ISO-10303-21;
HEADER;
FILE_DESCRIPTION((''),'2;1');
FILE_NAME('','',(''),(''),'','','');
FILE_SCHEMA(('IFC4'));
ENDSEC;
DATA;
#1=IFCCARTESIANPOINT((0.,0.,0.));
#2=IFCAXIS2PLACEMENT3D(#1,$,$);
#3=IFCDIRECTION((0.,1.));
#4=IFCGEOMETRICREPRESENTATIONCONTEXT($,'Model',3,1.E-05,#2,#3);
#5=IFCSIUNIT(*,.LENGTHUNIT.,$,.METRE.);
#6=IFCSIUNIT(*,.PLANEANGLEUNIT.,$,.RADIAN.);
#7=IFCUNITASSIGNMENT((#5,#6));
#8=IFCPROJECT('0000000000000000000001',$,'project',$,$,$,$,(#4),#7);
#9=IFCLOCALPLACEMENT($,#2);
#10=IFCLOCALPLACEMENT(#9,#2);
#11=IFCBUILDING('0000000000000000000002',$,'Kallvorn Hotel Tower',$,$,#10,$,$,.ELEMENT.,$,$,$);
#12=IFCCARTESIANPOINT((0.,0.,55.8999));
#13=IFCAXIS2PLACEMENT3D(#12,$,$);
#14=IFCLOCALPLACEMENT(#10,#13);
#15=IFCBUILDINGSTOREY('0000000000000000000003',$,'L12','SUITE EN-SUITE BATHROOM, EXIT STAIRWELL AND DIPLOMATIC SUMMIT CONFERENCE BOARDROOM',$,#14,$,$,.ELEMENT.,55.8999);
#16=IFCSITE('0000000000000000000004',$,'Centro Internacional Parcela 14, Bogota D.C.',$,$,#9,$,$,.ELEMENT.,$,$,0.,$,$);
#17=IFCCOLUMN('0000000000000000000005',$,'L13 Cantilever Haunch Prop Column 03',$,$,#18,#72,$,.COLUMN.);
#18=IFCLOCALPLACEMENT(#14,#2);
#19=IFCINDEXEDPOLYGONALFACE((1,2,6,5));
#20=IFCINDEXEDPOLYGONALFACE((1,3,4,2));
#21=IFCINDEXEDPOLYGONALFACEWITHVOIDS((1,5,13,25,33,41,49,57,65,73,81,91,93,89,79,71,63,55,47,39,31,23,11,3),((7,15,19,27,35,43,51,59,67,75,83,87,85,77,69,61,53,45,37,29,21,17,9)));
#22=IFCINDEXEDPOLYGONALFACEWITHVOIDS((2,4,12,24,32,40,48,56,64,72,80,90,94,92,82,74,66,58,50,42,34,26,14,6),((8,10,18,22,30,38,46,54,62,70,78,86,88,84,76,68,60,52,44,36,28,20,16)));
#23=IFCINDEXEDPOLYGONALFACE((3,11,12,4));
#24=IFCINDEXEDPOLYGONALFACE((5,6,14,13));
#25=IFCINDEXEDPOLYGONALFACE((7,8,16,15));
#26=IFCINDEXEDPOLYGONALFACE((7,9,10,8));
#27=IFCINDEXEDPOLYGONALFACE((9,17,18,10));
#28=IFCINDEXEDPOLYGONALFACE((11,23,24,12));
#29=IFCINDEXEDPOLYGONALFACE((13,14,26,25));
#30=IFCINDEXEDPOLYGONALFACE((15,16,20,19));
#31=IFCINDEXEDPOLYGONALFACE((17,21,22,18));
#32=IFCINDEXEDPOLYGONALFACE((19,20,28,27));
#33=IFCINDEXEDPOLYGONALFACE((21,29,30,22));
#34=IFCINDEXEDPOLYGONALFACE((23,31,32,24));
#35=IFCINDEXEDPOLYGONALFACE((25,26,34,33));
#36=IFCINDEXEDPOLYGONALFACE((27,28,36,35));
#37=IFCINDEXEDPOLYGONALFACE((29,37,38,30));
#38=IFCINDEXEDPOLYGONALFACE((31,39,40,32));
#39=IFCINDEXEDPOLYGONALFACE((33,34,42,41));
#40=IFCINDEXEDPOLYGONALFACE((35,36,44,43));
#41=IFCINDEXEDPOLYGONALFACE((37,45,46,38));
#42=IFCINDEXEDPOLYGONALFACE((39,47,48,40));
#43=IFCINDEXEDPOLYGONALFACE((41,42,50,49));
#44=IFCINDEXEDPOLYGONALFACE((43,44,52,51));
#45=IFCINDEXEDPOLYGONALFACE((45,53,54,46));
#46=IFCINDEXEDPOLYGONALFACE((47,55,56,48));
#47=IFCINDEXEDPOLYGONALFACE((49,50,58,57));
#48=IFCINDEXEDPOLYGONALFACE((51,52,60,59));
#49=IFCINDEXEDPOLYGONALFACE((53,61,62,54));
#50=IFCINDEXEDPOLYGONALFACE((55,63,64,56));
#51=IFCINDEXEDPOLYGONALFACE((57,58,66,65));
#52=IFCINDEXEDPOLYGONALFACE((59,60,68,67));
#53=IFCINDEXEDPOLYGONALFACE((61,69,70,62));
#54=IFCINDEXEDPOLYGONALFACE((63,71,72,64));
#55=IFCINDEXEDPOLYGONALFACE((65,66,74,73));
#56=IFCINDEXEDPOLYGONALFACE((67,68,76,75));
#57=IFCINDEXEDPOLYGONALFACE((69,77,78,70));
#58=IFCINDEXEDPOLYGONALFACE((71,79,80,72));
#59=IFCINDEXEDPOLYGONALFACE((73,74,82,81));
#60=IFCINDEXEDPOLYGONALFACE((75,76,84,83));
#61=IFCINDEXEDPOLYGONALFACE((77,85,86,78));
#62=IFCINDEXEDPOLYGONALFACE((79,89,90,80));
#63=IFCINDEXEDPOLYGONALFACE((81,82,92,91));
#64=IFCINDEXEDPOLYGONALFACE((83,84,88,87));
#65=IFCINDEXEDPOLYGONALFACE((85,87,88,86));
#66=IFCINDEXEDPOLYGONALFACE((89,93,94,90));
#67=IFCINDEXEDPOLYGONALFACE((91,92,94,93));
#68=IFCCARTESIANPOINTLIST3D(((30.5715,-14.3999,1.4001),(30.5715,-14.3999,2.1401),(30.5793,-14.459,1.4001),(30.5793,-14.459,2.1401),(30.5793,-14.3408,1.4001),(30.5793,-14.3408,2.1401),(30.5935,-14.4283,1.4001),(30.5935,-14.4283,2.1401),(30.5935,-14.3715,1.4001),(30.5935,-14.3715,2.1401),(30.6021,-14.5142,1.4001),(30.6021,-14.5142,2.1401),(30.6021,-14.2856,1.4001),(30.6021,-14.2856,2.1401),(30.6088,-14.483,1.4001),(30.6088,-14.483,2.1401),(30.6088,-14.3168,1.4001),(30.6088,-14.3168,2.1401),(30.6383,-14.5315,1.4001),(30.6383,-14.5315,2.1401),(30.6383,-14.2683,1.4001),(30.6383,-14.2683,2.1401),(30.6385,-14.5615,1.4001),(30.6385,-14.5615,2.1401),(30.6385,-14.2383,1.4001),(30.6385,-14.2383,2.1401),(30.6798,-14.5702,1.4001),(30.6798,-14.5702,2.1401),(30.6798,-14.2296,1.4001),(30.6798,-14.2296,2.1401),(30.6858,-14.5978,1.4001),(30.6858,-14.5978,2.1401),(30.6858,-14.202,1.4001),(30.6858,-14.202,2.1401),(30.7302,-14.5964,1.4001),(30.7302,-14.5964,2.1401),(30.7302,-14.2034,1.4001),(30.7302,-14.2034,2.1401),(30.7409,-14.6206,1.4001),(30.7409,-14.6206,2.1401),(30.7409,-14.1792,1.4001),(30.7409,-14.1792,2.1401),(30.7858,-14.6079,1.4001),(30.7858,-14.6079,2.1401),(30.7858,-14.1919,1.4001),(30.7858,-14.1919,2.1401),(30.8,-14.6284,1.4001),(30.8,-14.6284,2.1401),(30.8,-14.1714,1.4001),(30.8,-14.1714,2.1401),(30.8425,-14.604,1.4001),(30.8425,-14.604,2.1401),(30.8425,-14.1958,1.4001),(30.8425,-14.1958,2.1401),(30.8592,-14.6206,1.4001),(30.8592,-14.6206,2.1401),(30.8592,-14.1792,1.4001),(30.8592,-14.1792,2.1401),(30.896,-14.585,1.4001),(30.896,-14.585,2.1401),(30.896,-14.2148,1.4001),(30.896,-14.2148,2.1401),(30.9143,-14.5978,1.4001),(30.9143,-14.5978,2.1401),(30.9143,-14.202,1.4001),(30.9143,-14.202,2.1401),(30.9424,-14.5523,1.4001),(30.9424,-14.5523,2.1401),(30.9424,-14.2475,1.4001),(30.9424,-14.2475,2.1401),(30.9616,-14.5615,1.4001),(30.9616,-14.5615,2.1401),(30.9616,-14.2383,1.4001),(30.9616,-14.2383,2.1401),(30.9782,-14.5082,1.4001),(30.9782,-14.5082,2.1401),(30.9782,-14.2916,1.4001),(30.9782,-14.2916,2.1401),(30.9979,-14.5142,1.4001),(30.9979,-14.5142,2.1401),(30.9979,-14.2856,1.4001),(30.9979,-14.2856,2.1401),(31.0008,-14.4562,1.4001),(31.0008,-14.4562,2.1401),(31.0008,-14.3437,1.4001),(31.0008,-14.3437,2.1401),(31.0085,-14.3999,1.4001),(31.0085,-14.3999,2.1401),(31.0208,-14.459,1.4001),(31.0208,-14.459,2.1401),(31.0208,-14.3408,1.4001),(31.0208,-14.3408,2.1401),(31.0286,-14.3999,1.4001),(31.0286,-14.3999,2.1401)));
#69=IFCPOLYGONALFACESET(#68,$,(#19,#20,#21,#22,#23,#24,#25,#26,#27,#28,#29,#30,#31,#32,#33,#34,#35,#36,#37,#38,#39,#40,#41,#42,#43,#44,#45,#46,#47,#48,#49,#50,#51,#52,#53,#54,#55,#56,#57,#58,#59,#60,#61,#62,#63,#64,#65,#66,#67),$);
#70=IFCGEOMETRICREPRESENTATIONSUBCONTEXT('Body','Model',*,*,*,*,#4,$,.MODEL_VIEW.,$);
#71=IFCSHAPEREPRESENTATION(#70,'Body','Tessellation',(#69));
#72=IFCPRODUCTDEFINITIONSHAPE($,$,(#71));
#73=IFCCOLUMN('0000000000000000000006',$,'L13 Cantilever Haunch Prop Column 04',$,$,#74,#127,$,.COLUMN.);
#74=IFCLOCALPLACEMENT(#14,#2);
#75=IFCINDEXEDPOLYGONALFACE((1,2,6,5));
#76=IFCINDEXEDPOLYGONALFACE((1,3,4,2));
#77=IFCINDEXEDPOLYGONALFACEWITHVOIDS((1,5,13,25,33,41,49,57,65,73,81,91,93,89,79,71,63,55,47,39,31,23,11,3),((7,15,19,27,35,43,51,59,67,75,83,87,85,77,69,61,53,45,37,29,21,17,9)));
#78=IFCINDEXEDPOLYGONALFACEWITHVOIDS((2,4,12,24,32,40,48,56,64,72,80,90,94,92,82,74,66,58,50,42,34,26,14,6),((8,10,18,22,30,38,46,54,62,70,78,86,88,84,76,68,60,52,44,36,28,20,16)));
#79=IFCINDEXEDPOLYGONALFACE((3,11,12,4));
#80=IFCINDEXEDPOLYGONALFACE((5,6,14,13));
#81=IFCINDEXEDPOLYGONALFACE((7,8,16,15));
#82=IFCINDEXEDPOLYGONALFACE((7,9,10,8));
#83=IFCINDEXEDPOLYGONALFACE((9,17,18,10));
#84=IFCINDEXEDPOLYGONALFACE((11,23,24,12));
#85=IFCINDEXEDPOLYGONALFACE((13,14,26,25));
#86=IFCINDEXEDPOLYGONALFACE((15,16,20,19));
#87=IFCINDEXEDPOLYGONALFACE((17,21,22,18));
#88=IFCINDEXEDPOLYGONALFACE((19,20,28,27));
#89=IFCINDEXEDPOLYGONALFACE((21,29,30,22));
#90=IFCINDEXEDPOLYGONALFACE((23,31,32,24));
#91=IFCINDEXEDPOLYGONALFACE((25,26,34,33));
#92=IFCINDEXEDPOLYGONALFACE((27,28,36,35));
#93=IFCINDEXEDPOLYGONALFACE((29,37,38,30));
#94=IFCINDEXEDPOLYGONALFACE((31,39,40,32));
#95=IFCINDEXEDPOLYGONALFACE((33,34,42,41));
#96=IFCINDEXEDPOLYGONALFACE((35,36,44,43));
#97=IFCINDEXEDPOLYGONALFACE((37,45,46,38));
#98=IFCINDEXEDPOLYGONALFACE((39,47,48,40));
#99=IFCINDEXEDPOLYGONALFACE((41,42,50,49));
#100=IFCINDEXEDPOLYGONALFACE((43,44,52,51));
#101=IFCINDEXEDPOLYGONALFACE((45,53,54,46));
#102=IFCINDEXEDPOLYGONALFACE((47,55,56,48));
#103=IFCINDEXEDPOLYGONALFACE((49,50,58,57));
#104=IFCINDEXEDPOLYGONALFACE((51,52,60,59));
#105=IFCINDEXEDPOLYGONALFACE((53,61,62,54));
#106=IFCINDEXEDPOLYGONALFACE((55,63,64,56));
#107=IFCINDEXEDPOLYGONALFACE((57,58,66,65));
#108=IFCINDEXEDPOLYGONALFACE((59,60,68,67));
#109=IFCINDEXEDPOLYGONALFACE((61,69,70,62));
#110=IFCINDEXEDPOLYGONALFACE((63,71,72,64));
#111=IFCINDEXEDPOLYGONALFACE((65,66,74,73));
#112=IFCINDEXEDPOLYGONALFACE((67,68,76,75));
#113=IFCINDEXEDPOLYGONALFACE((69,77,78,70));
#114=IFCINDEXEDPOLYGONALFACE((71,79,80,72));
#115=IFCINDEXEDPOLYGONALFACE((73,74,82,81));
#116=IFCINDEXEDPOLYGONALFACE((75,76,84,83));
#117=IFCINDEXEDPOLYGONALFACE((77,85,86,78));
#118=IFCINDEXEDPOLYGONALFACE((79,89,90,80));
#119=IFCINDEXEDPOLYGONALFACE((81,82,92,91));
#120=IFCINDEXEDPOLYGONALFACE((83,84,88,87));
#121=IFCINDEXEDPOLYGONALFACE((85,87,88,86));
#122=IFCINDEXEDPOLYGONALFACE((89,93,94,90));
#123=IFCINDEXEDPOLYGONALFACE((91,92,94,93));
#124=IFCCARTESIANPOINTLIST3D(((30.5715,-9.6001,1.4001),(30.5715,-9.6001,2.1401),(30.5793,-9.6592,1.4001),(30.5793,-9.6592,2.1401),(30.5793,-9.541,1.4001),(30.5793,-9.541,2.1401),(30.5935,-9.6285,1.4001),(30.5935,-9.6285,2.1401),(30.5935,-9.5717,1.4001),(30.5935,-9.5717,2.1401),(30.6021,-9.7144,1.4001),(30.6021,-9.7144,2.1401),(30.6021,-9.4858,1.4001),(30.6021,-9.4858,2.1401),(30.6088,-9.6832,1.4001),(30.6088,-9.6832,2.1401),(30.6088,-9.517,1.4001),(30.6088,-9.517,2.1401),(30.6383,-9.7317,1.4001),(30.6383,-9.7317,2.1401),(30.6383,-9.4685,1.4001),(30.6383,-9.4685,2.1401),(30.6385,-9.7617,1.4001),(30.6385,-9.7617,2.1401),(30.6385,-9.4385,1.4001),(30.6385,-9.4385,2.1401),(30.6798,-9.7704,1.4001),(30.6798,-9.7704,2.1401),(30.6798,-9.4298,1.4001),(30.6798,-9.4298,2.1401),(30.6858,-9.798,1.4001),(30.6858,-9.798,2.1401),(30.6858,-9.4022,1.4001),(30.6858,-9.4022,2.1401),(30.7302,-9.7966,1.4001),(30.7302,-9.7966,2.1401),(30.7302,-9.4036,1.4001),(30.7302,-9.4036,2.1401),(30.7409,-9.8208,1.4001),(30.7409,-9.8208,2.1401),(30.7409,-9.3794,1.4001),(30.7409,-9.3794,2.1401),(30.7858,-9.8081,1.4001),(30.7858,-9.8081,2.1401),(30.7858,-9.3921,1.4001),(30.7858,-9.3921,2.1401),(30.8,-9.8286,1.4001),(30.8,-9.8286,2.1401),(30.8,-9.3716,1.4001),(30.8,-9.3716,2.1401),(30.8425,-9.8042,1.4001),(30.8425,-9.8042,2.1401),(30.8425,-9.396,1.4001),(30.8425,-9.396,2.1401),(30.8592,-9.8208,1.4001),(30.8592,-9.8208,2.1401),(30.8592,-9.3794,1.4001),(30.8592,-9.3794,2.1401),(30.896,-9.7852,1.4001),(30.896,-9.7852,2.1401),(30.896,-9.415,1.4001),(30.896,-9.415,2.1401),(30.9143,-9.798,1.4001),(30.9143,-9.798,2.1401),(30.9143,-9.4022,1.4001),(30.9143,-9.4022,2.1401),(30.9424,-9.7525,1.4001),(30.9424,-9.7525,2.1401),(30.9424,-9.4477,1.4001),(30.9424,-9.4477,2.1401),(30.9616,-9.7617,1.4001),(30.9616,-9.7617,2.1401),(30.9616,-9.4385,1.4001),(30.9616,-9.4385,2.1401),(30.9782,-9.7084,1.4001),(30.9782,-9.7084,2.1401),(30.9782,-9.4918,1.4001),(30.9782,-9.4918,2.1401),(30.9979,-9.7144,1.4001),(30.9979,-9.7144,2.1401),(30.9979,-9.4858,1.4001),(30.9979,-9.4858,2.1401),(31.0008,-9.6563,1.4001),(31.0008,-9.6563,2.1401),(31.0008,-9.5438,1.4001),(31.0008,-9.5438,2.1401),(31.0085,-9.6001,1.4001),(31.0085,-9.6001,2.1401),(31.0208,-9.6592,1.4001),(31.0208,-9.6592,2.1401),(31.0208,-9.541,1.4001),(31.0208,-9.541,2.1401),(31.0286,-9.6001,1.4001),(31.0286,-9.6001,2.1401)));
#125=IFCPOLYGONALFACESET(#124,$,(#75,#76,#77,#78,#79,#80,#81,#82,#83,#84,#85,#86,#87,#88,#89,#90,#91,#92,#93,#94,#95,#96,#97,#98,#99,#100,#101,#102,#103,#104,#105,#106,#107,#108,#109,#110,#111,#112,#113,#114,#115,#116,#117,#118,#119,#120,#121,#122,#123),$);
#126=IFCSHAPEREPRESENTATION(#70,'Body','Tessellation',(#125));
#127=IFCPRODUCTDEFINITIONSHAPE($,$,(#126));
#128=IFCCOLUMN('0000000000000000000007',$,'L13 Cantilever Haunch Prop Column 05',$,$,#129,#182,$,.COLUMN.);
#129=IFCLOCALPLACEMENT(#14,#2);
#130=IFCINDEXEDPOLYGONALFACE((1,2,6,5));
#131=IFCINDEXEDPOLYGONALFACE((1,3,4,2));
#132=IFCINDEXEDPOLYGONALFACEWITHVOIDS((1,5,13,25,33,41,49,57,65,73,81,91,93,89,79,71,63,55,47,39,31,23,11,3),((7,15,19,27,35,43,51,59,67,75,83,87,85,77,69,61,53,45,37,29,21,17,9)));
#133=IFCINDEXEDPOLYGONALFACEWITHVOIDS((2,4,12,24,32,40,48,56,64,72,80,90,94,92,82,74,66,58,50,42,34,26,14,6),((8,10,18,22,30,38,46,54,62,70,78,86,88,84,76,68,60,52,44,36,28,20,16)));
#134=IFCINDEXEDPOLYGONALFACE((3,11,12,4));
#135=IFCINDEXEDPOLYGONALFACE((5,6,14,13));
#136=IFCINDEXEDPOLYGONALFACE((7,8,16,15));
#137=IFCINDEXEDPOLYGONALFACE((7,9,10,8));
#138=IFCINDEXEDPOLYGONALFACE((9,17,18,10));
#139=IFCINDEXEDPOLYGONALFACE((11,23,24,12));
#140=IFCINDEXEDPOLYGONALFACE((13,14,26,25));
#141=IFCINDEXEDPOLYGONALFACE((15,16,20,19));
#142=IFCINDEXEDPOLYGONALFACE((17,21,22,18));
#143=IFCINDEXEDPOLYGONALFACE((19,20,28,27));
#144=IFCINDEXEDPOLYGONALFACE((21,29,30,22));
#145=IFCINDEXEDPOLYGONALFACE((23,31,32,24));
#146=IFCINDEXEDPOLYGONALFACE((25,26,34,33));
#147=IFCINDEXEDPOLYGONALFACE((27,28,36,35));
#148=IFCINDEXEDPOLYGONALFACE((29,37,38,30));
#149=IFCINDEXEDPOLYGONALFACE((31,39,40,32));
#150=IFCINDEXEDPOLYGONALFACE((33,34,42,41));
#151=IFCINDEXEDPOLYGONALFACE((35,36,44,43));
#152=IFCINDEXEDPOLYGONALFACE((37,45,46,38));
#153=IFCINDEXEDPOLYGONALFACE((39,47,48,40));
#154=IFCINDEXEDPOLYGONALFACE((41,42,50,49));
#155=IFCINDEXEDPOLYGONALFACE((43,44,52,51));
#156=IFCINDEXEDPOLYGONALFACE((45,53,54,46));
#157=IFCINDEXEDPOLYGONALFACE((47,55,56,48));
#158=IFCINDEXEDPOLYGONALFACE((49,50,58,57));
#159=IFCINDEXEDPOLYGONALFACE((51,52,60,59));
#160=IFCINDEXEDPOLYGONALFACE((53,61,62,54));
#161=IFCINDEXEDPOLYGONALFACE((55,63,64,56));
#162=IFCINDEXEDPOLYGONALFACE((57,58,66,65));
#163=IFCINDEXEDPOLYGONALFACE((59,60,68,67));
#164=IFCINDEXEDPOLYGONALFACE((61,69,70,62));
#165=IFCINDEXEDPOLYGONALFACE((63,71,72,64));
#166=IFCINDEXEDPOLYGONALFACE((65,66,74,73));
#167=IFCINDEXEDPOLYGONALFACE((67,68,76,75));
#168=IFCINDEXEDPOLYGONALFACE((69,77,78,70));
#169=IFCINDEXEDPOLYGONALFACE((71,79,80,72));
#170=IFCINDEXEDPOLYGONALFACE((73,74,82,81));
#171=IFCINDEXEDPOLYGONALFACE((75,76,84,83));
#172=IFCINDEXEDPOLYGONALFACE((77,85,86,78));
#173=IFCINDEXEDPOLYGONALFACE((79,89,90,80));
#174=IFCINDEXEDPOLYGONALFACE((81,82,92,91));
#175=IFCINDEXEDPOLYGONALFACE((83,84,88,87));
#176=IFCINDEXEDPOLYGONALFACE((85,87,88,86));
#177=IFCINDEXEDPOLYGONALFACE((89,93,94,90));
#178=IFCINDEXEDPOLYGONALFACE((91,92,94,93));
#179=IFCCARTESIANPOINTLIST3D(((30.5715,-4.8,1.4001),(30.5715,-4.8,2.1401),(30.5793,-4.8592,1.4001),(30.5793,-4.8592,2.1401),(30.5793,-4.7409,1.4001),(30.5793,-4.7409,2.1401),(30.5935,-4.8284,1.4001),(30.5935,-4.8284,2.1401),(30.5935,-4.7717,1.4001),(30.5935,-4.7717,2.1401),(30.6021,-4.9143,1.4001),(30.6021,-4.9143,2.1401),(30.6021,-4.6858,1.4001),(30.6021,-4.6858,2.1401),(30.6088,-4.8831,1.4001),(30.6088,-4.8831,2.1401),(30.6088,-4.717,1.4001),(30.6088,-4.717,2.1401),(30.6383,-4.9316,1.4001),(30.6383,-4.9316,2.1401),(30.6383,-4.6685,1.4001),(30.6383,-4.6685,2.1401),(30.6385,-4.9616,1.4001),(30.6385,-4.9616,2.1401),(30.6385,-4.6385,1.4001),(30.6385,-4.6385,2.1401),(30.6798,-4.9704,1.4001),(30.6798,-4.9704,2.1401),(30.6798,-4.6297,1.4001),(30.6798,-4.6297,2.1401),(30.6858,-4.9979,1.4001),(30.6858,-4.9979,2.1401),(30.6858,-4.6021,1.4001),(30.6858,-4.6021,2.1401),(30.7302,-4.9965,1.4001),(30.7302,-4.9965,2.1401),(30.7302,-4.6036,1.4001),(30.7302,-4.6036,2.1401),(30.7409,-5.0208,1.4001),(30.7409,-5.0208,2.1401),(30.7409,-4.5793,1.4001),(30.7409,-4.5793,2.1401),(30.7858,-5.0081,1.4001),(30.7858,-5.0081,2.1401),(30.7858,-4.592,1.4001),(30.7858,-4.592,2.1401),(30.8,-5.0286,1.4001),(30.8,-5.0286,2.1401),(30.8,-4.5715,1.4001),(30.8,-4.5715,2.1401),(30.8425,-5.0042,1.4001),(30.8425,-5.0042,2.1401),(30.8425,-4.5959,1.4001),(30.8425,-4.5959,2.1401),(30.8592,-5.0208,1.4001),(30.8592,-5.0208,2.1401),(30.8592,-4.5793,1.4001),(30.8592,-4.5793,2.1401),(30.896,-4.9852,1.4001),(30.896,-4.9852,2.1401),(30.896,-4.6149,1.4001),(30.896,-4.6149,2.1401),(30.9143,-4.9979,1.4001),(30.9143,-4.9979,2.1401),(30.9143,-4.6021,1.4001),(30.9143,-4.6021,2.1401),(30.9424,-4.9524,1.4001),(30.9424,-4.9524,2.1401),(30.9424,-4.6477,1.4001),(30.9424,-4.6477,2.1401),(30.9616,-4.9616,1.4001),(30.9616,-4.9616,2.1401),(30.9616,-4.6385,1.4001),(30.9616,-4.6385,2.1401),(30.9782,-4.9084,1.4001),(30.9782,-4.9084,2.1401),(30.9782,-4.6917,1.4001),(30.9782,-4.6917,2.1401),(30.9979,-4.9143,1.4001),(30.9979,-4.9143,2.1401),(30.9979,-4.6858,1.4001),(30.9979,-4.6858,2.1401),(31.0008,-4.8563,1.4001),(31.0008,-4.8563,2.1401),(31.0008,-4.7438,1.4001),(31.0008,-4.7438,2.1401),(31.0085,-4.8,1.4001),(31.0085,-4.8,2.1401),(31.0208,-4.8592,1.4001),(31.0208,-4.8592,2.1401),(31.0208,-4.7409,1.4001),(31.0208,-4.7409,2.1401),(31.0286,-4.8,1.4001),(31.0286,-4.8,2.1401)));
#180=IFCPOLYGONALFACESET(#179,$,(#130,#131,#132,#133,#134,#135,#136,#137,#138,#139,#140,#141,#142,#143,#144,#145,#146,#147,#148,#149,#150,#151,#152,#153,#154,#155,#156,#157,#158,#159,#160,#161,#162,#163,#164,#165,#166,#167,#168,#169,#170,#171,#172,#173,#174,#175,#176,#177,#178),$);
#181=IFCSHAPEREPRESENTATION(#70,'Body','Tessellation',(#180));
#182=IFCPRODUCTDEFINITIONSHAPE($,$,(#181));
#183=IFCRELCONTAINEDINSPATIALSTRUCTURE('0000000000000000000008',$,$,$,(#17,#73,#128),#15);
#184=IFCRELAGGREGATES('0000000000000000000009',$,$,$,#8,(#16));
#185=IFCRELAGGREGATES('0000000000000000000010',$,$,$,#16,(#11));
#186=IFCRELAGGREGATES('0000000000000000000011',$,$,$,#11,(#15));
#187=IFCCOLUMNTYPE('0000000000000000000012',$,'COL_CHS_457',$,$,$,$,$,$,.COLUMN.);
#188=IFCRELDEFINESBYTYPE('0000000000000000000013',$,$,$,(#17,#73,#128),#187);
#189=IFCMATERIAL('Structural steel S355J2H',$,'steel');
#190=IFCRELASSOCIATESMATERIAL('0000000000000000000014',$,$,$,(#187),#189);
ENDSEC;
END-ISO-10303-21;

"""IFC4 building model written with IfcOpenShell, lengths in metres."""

from ifc_helpers import new_model, si_unit, direction, frame, origin, origin_2d, place, context, subcontext, project, spatial, hollow_circle, extrude, material, material_profile, profile_set, type_object, element, save


model = new_model("IFC4")

# Units and contexts
model_context = context("Model", 3, precision=1e-05, world=origin(), true_north=direction((0.0, 1.0)))
body_context = subcontext(model_context, "Body", "Model", "MODEL_VIEW")
ifc_project = project(units=[si_unit("LENGTHUNIT", "METRE"), si_unit("PLANEANGLEUNIT", "RADIAN")], contexts=[model_context])

# Site, building, storey
site_placement = place(None, origin())
site = spatial("IfcSite", under=ifc_project, at=site_placement, Name="Centro Internacional Parcela 14, Bogota D.C.", CompositionType="ELEMENT", RefElevation=0.0)
building_placement = place(site_placement, origin())
building = spatial("IfcBuilding", under=site, at=building_placement, Name="Kallvorn Hotel Tower", CompositionType="ELEMENT")
storey_placement = place(building_placement, frame((0.0, 0.0, 55.8999)))
storey = spatial("IfcBuildingStorey", under=building, at=storey_placement, Name="L12", Description="SUITE EN-SUITE BATHROOM, EXIT STAIRWELL AND DIPLOMATIC SUMMIT CONFERENCE BOARDROOM", CompositionType="ELEMENT", Elevation=55.8999)

# Columns
ifc_material_1 = material(Name="Structural steel S355J2H", Category="steel")
ifc_material_profile_1 = material_profile(ifc_material_1, hollow_circle(Radius=0.2285, WallThickness=0.02, at=origin_2d()), Name="CHS 457x20")
ifc_profile_set_1 = profile_set([ifc_material_profile_1], Name="Structural steel S355J2H")
column_type_1 = type_object("IfcColumnType", Name="COL_CHS_457", PredefinedType="COLUMN", material=ifc_profile_set_1)
for number, where, z_axis, x_axis, name in (
    (1, (30.8, -14.3999, 1.4001), (0.0, 0.0, 1.0), (1.0, 0.0, 0.0), "L13 Cantilever Haunch Prop Column 03"),
    (2, (30.8, -9.6001, 1.4001), (0.0, 0.0, 1.0), (1.0, 0.0, 0.0), "L13 Cantilever Haunch Prop Column 04"),
    (3, (30.8, -4.8, 1.4001), (0.0, 0.0, 1.0), (1.0, 0.0, 0.0), "L13 Cantilever Haunch Prop Column 05"),
):
    element("IfcColumn", number, at=place(storey_placement, frame(where, z_axis=z_axis, x_axis=x_axis)), inside=storey, type_object=column_type_1, Name=name, PredefinedType="COLUMN", context=body_context, shape_type="SweptSolid", body=[
        extrude(hollow_circle(Radius=0.2285, WallThickness=0.02, at=origin_2d()), origin(), (0.0, 0.0, 1.0), 0.74),
    ])

save(model, "model.ifc")
